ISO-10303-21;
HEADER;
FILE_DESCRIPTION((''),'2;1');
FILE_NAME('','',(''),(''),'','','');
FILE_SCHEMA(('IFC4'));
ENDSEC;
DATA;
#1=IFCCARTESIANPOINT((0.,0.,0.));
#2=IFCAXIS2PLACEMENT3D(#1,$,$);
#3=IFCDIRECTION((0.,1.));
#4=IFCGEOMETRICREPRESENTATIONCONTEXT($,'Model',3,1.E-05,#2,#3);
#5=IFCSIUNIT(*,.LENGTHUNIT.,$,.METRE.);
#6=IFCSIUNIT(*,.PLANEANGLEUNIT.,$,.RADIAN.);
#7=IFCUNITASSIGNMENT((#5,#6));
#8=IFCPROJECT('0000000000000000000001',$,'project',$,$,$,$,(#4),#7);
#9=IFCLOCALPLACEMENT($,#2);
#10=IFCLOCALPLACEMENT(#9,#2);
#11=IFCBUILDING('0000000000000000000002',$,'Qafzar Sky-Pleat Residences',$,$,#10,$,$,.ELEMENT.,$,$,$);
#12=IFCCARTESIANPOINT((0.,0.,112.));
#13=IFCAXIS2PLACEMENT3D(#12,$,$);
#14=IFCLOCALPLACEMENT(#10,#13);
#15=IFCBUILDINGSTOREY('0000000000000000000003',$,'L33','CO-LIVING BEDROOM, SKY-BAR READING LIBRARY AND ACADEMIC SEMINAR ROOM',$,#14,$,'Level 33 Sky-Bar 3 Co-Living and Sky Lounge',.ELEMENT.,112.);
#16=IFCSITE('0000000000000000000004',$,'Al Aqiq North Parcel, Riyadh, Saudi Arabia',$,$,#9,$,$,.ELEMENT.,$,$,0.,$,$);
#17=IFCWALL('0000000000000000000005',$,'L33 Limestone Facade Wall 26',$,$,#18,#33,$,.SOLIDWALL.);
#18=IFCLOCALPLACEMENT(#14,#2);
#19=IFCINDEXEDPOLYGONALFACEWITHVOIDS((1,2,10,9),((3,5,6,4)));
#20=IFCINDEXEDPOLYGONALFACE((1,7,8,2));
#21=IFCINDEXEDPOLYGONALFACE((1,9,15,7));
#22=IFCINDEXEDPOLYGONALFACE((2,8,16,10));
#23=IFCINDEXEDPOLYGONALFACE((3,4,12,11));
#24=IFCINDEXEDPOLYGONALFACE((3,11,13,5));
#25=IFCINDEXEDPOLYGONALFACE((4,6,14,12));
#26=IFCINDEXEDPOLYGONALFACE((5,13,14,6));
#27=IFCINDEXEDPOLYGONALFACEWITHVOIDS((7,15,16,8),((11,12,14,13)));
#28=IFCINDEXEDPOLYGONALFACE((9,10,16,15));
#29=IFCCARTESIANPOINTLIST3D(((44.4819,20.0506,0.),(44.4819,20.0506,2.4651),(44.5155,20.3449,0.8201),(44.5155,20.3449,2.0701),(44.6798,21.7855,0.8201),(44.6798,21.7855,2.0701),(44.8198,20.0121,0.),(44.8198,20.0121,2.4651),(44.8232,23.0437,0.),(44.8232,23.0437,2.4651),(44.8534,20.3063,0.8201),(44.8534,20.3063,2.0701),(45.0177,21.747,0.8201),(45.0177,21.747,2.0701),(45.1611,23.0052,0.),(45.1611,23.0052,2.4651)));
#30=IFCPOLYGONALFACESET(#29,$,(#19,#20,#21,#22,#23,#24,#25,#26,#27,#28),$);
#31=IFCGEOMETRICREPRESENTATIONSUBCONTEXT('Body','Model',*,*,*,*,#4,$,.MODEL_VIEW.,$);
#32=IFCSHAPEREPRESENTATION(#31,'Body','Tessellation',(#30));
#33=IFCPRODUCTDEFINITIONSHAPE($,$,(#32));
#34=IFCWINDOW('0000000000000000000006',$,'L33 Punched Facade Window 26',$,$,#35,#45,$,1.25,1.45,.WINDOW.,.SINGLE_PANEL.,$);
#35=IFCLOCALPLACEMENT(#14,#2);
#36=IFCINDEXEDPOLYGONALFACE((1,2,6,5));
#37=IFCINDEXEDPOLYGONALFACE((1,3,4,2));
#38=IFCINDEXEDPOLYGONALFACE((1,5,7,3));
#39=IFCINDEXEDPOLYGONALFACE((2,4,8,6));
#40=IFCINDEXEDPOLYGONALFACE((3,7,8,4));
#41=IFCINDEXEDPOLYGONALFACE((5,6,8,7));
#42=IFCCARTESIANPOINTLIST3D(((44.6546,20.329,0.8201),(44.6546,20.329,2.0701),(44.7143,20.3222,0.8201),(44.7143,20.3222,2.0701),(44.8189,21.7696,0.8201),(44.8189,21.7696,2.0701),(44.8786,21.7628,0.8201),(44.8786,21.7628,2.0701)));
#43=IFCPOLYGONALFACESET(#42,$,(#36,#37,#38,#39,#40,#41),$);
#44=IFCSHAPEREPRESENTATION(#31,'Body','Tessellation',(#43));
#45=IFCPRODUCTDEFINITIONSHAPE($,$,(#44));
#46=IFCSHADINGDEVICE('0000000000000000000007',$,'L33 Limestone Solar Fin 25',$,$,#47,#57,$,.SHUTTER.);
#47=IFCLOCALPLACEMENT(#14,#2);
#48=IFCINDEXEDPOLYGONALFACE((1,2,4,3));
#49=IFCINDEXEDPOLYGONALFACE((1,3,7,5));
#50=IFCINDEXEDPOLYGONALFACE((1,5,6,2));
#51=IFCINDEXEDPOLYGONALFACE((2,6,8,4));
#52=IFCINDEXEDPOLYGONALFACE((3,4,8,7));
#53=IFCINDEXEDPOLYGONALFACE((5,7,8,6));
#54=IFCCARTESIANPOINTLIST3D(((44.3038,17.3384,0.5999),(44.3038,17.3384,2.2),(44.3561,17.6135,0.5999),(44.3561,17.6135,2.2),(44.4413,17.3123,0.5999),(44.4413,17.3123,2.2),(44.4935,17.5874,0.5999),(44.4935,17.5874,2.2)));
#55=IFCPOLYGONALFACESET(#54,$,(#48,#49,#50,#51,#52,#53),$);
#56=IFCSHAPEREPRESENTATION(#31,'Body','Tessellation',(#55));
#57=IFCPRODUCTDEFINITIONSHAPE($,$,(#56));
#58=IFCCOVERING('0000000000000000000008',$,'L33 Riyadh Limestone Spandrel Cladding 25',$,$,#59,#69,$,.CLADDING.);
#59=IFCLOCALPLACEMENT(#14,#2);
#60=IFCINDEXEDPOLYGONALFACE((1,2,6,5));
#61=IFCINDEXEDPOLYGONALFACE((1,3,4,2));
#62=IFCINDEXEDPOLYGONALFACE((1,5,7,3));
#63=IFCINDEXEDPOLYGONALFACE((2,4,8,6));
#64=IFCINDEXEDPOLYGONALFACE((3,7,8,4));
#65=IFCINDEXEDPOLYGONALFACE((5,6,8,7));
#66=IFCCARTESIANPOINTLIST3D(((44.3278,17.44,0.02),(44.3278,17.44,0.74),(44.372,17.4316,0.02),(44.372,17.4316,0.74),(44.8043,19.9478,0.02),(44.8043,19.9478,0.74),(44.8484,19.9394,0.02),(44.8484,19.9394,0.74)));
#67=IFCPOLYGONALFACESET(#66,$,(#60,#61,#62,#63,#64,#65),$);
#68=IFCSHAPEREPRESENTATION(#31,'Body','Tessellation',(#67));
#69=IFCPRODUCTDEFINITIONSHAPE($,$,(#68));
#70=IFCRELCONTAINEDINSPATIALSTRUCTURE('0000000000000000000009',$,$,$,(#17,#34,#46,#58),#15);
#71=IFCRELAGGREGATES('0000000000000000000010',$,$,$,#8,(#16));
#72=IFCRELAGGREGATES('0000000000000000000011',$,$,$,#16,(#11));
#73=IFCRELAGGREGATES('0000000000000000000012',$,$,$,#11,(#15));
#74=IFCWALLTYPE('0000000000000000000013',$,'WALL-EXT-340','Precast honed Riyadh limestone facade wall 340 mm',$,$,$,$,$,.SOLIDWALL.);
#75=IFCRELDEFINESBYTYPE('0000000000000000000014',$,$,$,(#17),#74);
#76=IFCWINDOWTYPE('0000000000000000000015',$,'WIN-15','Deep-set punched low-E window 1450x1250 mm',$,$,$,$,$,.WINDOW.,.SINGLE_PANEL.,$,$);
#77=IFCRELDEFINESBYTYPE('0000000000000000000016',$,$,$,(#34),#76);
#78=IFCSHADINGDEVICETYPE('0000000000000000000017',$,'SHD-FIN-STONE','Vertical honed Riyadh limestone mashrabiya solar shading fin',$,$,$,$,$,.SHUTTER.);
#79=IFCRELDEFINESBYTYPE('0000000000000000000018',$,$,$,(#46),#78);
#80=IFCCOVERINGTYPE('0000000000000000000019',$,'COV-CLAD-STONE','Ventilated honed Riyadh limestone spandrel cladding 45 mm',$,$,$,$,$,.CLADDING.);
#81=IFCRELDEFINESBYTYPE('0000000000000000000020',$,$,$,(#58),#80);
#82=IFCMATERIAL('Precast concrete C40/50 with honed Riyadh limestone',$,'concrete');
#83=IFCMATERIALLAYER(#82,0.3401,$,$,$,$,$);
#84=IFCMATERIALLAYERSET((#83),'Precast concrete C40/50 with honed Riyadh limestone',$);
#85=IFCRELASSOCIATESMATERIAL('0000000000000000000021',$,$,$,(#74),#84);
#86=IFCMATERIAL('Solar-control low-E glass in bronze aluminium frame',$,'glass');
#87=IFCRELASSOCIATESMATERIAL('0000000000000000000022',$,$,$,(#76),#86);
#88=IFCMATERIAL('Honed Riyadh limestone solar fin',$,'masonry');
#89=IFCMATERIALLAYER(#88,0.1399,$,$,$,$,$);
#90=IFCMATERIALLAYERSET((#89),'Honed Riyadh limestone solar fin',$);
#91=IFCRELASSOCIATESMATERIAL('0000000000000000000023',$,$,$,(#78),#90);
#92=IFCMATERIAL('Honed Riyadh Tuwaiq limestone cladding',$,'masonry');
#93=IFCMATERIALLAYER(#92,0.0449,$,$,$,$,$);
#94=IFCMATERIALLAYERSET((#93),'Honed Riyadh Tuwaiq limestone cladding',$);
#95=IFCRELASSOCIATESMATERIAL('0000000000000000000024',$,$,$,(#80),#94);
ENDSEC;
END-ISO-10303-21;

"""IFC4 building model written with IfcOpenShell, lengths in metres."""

from ifc_helpers import new_model, si_unit, direction, frame, frame_2d, origin, origin_2d, place, context, subcontext, project, spatial, rectangle, extrude, source, transform, mapped, material, layer, layer_set, type_object, element, fill, save


model = new_model("IFC4")

# Units and contexts
model_context = context("Model", 3, precision=1e-05, world=origin(), true_north=direction((0.0, 1.0)))
body_context = subcontext(model_context, "Body", "Model", "MODEL_VIEW")
ifc_project = project(units=[si_unit("LENGTHUNIT", "METRE"), si_unit("PLANEANGLEUNIT", "RADIAN")], contexts=[model_context])

# Site, building, storey
site_placement = place(None, origin())
site = spatial("IfcSite", under=ifc_project, at=site_placement, Name="Al Aqiq North Parcel, Riyadh, Saudi Arabia", CompositionType="ELEMENT", RefElevation=0.0)
building_placement = place(site_placement, origin())
building = spatial("IfcBuilding", under=site, at=building_placement, Name="Qafzar Sky-Pleat Residences", CompositionType="ELEMENT")
storey_placement = place(building_placement, frame((0.0, 0.0, 112.0)))
storey = spatial("IfcBuildingStorey", under=building, at=storey_placement, Name="L33", Description="CO-LIVING BEDROOM, SKY-BAR READING LIBRARY AND ACADEMIC SEMINAR ROOM", LongName="Level 33 Sky-Bar 3 Co-Living and Sky Lounge", CompositionType="ELEMENT", Elevation=112.0)

# Shared definitions
ifc_material_1 = material(Name="Precast concrete C40/50 with honed Riyadh limestone", Category="concrete")
ifc_layer_1 = layer(ifc_material_1, 0.3401)
ifc_layer_set_1 = layer_set([ifc_layer_1], Name="Precast concrete C40/50 with honed Riyadh limestone")
wall_type = type_object("IfcWallType", Name="WALL-EXT-340", Description="Precast honed Riyadh limestone facade wall 340 mm", PredefinedType="SOLIDWALL", material=ifc_layer_set_1)
ifc_material_2 = material(Name="Solar-control low-E glass in bronze aluminium frame", Category="glass")

# Wall, opening, window
wall_1_placement = place(storey_placement, frame((44.6509, 20.0312, 0.0), z_axis=(0.0, 0.0, 1.0), x_axis=(0.113295, 0.993561, 0.0)))
wall_1 = element("IfcWall", 1, at=wall_1_placement, inside=storey, type_object=wall_type, Name="L33 Limestone Facade Wall 26", PredefinedType="SOLIDWALL", context=body_context, shape_type="SweptSolid", body=[
    extrude(rectangle(XDim=3.0125, YDim=0.3401, at=frame_2d((1.5063, 0.0))), origin(), (0.0, 0.0, 1.0), 2.4651),
])
opening_1_placement = place(wall_1_placement, frame((0.2961, 0.0, 0.8201)))
opening_1 = element("IfcOpeningElement", 2, at=opening_1_placement, cuts=wall_1, PredefinedType="OPENING", context=body_context, shape_type="SweptSolid", body=[
    extrude(rectangle(XDim=1.45, YDim=1.25, at=frame_2d((0.7251, 0.625))), frame((0.0, 0.1802, 0.0), z_axis=(0.0, -1.0, 0.0), x_axis=(1.0, 0.0, 0.0)), (0.0, 0.0, 1.0), 0.3601),
])
window_type_1 = type_object("IfcWindowType", Name="WIN-15", Description="Deep-set punched low-E window 1450x1250 mm", PartitioningType="SINGLE_PANEL", PredefinedType="WINDOW", material=ifc_material_2)
shared_shape_1 = source(origin(), body_context, "Body", "SweptSolid", [
    extrude(rectangle(XDim=1.45, YDim=1.25, at=frame_2d((0.7251, 0.625))), frame((0.0, 0.03, 0.0), z_axis=(0.0, -1.0, 0.0), x_axis=(1.0, 0.0, 0.0)), (0.0, 0.0, 1.0), 0.0601),
])
window_1_placement = place(opening_1_placement, origin())
window_1 = element("IfcWindow", 3, at=window_1_placement, inside=storey, type_object=window_type_1, Name="L33 Punched Facade Window 26", OverallHeight=1.25, OverallWidth=1.45, PartitioningType="SINGLE_PANEL", PredefinedType="WINDOW", context=body_context, shape_type="MappedRepresentation", body=[
    mapped(shared_shape_1, transform((0.0, 0.0, 0.0), x_axis=(1.0, 0.0, 0.0), y_axis=(0.0, 1.0, 0.0), z_axis=(0.0, 0.0, 1.0), scale=1.0)),
])
fill(opening_1, window_1)

# Shading device
ifc_material_3 = material(Name="Honed Riyadh limestone solar fin", Category="masonry")
ifc_layer_2 = layer(ifc_material_3, 0.1399)
ifc_layer_set_2 = layer_set([ifc_layer_2], Name="Honed Riyadh limestone solar fin")
shading_device_type = type_object("IfcShadingDeviceType", Name="SHD-FIN-STONE", Description="Vertical honed Riyadh limestone mashrabiya solar shading fin", PredefinedType="SHUTTER", material=ifc_layer_set_2)
shared_shape_2 = source(origin(), body_context, "Body", "SweptSolid", [
    extrude(rectangle(XDim=0.1399, YDim=0.28, at=origin_2d()), origin(), (0.0, 0.0, 1.0), 1.6001),
])
shading_device_placement = place(storey_placement, frame((44.3987, 17.4629, 0.5999), z_axis=(0.0, 0.0, 1.0), x_axis=(0.982429, -0.186639, 0.0)))
element("IfcShadingDevice", 4, at=shading_device_placement, inside=storey, type_object=shading_device_type, Name="L33 Limestone Solar Fin 25", PredefinedType="SHUTTER", context=body_context, shape_type="MappedRepresentation", body=[
    mapped(shared_shape_2, transform((0.0, 0.0, 0.0), x_axis=(1.0, 0.0, 0.0), y_axis=(0.0, 1.0, 0.0), z_axis=(0.0, 0.0, 1.0), scale=1.0)),
])

# Covering
ifc_material_4 = material(Name="Honed Riyadh Tuwaiq limestone cladding", Category="masonry")
ifc_layer_3 = layer(ifc_material_4, 0.0449)
ifc_layer_set_3 = layer_set([ifc_layer_3], Name="Honed Riyadh Tuwaiq limestone cladding")
covering_type = type_object("IfcCoveringType", Name="COV-CLAD-STONE", Description="Ventilated honed Riyadh limestone spandrel cladding 45 mm", PredefinedType="CLADDING", material=ifc_layer_set_3)
shared_shape_3 = source(origin(), body_context, "Body", "SweptSolid", [
    extrude(rectangle(XDim=2.5527, YDim=0.0449, at=origin_2d()), origin(), (0.0, 0.0, 1.0), 0.72),
])
covering_placement = place(storey_placement, frame((44.5881, 18.6897, 0.02), z_axis=(0.0, 0.0, 1.0), x_axis=(0.186649, 0.982427, 0.0)))
element("IfcCovering", 5, at=covering_placement, inside=storey, type_object=covering_type, Name="L33 Riyadh Limestone Spandrel Cladding 25", PredefinedType="CLADDING", context=body_context, shape_type="MappedRepresentation", body=[
    mapped(shared_shape_3, transform((0.0, 0.0, 0.0), x_axis=(1.0, 0.0, 0.0), y_axis=(0.0, 1.0, 0.0), z_axis=(0.0, 0.0, 1.0), scale=1.0)),
])

save(model, "model.ifc")
